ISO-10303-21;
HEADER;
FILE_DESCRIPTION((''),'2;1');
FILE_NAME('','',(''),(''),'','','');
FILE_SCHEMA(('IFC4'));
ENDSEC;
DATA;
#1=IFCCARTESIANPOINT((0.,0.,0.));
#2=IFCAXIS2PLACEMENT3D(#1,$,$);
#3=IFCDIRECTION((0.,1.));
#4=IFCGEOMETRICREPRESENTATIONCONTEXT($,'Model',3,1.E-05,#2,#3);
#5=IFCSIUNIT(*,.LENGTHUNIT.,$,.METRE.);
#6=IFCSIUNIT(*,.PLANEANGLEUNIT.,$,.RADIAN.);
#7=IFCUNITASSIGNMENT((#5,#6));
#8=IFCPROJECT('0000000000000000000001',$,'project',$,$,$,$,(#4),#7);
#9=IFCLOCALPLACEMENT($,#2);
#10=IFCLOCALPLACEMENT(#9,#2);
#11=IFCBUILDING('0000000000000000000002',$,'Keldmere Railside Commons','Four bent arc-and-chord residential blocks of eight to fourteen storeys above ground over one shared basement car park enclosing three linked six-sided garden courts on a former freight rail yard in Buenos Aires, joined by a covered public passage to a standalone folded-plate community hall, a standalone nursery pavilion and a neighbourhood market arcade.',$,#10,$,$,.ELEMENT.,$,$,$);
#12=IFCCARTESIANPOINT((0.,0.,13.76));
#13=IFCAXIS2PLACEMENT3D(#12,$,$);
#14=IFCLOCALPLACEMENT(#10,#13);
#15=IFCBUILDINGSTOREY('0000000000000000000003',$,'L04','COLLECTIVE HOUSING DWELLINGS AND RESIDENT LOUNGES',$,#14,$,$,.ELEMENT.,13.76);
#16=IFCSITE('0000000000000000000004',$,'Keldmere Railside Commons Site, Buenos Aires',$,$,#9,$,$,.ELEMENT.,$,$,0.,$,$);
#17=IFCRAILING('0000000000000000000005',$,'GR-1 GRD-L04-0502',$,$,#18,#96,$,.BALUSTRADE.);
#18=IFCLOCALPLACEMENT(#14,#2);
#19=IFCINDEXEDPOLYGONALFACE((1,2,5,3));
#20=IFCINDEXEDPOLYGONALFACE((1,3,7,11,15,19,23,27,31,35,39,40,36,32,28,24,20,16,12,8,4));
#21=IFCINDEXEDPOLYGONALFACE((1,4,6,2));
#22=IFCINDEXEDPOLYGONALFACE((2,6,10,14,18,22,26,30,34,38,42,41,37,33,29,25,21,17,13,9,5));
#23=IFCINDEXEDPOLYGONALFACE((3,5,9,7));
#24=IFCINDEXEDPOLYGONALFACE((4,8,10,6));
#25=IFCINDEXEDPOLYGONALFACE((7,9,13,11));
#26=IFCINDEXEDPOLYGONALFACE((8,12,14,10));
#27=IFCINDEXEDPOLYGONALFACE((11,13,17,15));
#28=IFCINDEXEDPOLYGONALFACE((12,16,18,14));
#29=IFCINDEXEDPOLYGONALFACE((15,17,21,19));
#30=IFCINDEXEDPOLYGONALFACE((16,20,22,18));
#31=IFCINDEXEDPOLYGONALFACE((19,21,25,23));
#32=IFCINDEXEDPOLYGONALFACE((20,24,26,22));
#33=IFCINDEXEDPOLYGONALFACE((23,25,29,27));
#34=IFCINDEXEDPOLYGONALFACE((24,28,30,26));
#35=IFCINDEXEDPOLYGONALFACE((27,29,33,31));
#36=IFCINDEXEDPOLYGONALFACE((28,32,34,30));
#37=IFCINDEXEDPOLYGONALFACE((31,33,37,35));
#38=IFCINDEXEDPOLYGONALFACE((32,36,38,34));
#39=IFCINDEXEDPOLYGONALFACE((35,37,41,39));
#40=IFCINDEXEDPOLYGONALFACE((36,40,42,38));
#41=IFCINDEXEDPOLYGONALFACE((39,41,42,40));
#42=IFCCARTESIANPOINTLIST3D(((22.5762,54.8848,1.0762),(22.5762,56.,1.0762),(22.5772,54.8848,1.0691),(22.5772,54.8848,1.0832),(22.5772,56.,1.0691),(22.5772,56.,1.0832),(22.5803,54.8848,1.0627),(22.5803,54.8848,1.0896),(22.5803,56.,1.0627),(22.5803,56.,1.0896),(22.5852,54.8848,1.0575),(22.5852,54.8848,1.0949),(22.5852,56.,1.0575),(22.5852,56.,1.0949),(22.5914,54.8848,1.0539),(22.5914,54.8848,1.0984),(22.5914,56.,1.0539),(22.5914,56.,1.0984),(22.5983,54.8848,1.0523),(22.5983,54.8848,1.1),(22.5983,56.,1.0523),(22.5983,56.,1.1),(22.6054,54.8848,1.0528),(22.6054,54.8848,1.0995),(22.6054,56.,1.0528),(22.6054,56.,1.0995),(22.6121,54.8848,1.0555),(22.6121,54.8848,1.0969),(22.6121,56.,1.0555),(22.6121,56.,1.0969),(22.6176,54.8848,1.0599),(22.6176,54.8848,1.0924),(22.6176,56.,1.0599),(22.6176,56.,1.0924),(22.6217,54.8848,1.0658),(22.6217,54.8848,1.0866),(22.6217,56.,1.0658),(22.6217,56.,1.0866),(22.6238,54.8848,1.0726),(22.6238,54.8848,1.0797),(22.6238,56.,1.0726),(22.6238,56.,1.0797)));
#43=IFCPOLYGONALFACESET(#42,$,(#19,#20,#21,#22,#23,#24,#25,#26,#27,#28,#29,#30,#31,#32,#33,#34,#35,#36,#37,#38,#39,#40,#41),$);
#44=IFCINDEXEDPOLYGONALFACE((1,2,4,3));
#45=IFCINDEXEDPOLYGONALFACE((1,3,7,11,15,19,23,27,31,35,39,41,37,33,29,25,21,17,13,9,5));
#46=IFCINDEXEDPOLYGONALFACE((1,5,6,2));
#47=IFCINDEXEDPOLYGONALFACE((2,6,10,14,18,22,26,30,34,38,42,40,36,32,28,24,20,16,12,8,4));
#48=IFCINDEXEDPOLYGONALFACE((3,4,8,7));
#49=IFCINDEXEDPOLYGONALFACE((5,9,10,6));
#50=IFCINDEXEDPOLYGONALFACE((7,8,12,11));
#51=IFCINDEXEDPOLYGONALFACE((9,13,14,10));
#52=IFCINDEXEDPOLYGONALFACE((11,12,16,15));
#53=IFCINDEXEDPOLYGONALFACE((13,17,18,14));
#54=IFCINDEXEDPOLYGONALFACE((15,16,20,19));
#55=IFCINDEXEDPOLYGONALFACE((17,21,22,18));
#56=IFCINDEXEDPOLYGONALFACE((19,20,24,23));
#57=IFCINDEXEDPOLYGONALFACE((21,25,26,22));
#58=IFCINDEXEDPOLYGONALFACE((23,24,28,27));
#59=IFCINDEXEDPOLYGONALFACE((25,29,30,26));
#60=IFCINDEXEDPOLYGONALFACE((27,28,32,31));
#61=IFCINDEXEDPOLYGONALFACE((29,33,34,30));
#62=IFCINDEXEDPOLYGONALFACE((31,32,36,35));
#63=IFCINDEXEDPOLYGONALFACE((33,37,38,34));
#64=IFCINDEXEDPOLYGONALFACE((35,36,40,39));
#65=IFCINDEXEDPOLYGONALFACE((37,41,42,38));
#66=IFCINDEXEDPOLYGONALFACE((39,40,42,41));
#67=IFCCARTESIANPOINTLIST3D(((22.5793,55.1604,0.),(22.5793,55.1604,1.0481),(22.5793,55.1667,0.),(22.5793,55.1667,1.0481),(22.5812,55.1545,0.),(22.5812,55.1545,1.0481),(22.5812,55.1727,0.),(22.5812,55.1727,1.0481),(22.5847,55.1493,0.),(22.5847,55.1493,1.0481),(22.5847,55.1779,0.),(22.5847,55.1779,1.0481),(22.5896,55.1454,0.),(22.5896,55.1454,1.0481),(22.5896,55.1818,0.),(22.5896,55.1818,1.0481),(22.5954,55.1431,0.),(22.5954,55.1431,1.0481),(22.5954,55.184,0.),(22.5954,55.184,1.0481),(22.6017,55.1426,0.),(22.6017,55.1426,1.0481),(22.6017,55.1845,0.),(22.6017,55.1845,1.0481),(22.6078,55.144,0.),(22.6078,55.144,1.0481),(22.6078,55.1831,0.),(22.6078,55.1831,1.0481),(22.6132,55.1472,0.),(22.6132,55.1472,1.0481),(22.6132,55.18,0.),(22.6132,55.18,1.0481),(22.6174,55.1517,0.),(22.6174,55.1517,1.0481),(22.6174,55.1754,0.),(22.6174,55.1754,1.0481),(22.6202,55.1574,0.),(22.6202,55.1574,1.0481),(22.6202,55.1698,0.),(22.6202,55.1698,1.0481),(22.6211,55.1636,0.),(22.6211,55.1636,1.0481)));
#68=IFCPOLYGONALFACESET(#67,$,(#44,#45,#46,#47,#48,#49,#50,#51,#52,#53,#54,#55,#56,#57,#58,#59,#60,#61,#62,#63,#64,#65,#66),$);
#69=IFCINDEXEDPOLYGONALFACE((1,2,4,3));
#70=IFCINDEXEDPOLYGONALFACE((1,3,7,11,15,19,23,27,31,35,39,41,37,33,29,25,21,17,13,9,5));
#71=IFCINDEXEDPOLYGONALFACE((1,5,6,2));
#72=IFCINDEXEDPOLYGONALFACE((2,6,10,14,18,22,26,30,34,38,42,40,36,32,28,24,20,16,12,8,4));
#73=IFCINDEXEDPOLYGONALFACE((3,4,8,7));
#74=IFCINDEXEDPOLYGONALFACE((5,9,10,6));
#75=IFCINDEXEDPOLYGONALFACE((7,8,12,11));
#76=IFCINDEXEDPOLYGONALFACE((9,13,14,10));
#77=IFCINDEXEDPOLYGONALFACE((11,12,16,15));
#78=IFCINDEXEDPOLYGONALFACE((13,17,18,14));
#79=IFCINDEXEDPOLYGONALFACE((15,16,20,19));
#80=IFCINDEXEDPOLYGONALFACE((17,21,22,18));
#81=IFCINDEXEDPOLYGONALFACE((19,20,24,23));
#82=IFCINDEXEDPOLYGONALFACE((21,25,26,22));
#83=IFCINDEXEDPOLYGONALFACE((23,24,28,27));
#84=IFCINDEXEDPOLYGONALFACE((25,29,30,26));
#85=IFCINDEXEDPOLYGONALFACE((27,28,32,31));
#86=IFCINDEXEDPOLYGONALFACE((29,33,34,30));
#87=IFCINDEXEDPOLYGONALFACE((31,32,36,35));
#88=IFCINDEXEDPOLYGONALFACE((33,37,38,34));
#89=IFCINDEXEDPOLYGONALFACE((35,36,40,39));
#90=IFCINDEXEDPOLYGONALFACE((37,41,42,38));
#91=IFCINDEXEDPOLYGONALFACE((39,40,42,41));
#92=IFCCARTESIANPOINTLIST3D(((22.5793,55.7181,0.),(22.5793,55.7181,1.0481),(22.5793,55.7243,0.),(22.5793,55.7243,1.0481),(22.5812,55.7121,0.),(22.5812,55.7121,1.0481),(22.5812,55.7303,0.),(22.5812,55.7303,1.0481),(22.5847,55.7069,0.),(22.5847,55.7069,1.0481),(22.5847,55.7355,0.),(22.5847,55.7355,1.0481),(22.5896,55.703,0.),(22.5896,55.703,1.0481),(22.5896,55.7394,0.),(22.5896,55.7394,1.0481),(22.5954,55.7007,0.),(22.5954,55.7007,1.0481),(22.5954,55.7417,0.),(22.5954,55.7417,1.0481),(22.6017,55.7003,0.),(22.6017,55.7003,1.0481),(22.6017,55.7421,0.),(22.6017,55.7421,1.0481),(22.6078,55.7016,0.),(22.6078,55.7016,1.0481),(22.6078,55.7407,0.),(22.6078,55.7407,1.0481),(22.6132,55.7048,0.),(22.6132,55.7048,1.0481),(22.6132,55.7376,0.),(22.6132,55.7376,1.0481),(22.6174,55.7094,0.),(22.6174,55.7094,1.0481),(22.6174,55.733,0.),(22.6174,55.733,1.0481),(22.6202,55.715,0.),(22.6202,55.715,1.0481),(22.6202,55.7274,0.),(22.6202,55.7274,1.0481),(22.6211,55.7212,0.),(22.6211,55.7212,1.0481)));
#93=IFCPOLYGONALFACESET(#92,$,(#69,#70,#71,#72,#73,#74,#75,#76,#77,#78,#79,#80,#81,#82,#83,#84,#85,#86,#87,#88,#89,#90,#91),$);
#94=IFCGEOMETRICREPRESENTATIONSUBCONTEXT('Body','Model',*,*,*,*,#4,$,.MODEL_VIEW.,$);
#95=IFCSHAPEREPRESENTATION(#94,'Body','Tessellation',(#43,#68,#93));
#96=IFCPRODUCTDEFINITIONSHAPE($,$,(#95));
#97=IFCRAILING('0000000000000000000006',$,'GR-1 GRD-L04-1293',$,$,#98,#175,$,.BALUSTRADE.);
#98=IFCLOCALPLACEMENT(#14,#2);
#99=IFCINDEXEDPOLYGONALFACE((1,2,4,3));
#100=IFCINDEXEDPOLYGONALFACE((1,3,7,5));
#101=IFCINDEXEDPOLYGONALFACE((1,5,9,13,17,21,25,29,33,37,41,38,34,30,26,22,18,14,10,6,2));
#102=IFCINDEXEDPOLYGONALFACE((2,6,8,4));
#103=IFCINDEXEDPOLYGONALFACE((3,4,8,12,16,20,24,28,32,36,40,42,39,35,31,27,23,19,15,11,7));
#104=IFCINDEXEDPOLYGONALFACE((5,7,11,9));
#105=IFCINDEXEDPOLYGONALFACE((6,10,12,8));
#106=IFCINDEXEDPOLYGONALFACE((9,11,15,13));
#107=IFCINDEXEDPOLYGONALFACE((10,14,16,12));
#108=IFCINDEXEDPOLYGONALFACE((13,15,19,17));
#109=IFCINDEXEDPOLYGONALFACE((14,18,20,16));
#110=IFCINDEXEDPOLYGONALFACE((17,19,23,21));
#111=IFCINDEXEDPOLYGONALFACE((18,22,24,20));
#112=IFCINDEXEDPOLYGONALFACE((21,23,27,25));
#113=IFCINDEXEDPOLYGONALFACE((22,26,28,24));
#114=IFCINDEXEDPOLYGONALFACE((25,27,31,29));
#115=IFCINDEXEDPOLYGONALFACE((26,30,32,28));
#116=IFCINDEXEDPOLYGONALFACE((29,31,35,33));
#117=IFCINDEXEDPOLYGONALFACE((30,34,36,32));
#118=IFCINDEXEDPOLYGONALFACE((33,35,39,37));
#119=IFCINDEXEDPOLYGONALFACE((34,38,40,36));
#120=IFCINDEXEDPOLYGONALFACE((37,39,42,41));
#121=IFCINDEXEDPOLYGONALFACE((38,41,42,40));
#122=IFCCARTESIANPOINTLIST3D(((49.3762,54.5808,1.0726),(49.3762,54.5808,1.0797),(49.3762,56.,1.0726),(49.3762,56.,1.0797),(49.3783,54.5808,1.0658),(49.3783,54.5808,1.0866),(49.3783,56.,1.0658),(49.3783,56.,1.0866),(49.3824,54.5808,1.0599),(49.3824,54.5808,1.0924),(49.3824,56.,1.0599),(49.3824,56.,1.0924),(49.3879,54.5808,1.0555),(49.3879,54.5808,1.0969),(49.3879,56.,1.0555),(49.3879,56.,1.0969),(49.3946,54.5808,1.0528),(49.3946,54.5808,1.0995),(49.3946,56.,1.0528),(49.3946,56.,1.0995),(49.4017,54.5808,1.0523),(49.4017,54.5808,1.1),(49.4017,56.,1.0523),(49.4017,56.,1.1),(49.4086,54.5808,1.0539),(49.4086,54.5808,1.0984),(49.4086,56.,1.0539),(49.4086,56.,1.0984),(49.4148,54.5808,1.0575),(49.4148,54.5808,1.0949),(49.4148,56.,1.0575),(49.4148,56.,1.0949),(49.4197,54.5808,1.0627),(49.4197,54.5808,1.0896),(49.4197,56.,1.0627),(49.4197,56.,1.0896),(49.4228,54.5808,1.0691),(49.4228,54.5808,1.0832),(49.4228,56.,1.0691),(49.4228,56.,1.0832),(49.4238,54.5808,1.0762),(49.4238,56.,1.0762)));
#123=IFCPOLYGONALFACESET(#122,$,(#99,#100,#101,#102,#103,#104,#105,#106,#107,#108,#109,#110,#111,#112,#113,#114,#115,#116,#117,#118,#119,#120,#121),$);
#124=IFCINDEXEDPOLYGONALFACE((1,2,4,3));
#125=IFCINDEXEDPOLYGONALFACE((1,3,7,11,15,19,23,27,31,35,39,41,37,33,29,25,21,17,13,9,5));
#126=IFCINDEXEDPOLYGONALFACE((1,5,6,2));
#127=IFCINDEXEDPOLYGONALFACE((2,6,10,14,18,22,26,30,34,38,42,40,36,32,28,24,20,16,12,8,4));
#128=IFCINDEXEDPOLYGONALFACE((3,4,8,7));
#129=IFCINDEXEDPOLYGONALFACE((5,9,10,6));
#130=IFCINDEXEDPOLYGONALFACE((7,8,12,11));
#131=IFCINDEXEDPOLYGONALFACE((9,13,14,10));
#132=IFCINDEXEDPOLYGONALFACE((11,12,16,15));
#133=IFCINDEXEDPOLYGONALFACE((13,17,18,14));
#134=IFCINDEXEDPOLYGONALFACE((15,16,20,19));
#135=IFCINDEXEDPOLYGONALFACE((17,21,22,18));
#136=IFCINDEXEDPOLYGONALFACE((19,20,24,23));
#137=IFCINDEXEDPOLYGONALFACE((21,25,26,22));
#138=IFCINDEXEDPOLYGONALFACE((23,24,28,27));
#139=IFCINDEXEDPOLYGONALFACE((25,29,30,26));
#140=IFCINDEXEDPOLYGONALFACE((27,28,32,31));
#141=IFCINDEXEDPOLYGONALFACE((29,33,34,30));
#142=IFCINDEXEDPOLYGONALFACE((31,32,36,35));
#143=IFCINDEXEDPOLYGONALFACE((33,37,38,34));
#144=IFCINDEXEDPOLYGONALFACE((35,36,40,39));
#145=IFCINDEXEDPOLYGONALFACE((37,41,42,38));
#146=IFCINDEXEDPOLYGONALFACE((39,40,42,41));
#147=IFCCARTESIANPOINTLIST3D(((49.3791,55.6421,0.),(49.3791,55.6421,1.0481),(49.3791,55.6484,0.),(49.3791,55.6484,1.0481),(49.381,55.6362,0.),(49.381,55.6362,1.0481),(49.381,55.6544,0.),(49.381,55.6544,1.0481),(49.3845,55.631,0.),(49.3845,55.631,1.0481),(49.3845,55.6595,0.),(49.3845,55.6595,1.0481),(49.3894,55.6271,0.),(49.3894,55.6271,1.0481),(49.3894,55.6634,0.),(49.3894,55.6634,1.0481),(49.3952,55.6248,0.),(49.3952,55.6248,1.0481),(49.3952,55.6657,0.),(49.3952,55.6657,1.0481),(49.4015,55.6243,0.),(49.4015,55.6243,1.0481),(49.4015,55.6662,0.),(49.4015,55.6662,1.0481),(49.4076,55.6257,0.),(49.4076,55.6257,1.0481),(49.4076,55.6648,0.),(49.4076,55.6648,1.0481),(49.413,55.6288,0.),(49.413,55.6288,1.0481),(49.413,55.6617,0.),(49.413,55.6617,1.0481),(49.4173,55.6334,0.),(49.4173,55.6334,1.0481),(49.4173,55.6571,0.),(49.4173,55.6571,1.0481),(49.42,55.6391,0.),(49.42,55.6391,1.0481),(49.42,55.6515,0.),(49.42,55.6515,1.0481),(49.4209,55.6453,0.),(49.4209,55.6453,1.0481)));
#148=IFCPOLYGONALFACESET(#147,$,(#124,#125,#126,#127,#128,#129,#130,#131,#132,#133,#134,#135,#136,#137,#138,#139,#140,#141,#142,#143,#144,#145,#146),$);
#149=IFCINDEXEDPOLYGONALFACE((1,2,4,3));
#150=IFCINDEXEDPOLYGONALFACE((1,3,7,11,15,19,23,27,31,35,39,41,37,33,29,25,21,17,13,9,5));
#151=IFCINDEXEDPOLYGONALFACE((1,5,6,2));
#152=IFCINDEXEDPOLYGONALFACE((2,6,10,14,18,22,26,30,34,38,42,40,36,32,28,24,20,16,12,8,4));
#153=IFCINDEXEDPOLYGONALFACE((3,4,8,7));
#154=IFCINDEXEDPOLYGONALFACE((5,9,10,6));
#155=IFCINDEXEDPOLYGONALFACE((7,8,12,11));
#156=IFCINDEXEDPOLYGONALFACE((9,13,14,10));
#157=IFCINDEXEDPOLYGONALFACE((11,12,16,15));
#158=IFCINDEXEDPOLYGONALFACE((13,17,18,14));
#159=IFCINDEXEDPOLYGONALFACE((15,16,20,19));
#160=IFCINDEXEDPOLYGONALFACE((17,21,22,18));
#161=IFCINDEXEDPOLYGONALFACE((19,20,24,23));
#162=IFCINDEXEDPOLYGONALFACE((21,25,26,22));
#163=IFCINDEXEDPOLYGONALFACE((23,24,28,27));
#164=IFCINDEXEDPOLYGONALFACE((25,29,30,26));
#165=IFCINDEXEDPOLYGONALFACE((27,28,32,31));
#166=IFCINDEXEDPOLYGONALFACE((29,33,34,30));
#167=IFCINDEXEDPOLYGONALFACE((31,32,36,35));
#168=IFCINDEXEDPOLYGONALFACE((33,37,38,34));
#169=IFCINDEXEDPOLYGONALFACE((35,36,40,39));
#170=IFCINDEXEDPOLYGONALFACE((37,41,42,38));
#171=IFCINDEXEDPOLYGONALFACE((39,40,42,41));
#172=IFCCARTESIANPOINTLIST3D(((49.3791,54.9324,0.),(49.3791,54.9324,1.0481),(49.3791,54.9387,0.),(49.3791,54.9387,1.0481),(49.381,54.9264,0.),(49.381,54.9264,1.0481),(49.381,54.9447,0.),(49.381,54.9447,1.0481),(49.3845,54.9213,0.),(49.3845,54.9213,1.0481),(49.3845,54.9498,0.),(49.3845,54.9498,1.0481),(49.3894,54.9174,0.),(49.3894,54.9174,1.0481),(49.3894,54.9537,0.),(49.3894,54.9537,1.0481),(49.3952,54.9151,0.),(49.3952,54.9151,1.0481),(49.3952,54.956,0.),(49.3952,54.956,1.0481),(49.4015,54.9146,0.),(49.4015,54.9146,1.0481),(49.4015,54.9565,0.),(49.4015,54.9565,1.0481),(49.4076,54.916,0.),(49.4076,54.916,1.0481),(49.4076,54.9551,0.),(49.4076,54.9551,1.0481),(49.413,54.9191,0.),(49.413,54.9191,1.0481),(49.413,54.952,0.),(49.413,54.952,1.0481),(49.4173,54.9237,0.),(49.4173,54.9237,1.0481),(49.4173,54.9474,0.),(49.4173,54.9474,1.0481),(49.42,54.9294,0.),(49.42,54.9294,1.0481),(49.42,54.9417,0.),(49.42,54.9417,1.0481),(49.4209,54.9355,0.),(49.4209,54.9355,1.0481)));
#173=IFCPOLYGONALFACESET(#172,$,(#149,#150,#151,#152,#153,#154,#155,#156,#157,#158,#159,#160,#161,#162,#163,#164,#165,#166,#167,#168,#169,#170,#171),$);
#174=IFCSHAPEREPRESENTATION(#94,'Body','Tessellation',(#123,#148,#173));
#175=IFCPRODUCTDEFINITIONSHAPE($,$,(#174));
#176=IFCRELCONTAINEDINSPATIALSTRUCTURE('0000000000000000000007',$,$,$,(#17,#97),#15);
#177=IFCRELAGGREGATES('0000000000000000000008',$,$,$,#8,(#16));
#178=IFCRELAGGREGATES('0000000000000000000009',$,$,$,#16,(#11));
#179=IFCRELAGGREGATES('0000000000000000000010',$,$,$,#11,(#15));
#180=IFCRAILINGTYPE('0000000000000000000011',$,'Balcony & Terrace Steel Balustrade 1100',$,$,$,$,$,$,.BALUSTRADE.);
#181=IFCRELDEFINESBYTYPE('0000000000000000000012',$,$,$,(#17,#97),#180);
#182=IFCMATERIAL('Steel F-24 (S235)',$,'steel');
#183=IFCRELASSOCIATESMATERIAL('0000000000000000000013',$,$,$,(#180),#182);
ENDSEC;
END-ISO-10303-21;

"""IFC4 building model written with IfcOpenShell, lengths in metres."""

from ifc_helpers import new_model, si_unit, direction, frame, origin, origin_2d, place, context, subcontext, project, spatial, circle, extrude, material, type_object, element, save


model = new_model("IFC4")

# Units and contexts
model_context = context("Model", 3, precision=1e-05, world=origin(), true_north=direction((0.0, 1.0)))
body_context = subcontext(model_context, "Body", "Model", "MODEL_VIEW")
ifc_project = project(units=[si_unit("LENGTHUNIT", "METRE"), si_unit("PLANEANGLEUNIT", "RADIAN")], contexts=[model_context])

# Site, building, storey
site_placement = place(None, origin())
site = spatial("IfcSite", under=ifc_project, at=site_placement, Name="Keldmere Railside Commons Site, Buenos Aires", CompositionType="ELEMENT", RefElevation=0.0)
building_placement = place(site_placement, origin())
building = spatial("IfcBuilding", under=site, at=building_placement, Name="Keldmere Railside Commons", Description="Four bent arc-and-chord residential blocks of eight to fourteen storeys above ground over one shared basement car park enclosing three linked six-sided garden courts on a former freight rail yard in Buenos Aires, joined by a covered public passage to a standalone folded-plate community hall, a standalone nursery pavilion and a neighbourhood market arcade.", CompositionType="ELEMENT")
storey_placement = place(building_placement, frame((0.0, 0.0, 13.76)))
storey = spatial("IfcBuildingStorey", under=building, at=storey_placement, Name="L04", Description="COLLECTIVE HOUSING DWELLINGS AND RESIDENT LOUNGES", CompositionType="ELEMENT", Elevation=13.76)

# Railings
ifc_material_1 = material(Name="Steel F-24 (S235)", Category="steel")
railing_type = type_object("IfcRailingType", Name="Balcony & Terrace Steel Balustrade 1100", PredefinedType="BALUSTRADE", material=ifc_material_1)
railing_1_placement = place(storey_placement, frame((22.6001, 54.8848, 0.0)))
element("IfcRailing", 1, at=railing_1_placement, inside=storey, type_object=railing_type, Name="GR-1 GRD-L04-0502", PredefinedType="BALUSTRADE", context=body_context, shape_type="SweptSolid", body=[
    extrude(circle(Radius=0.0239, at=origin_2d()), frame((0.0, 0.0, 1.0762), z_axis=(0.0, 1.0, 0.0), x_axis=(-1.0, 0.0, 0.0)), (0.0, 0.0, 1.0), 1.1152),
    extrude(circle(Radius=0.021, at=origin_2d()), frame((0.0, 0.2788, 0.0)), (0.0, 0.0, 1.0), 1.0481),
    extrude(circle(Radius=0.021, at=origin_2d()), frame((0.0, 0.8364, 0.0)), (0.0, 0.0, 1.0), 1.0481),
])
railing_2_placement = place(storey_placement, frame((49.3999, 56.0, 0.0)))
element("IfcRailing", 2, at=railing_2_placement, inside=storey, type_object=railing_type, Name="GR-1 GRD-L04-1293", PredefinedType="BALUSTRADE", context=body_context, shape_type="SweptSolid", body=[
    extrude(circle(Radius=0.0239, at=origin_2d()), frame((0.0, 0.0, 1.0762), z_axis=(0.0, -1.0, 0.0), x_axis=(1.0, 0.0, 0.0)), (0.0, 0.0, 1.0), 1.4192),
    extrude(circle(Radius=0.021, at=origin_2d()), frame((0.0, -0.3547, 0.0)), (0.0, 0.0, 1.0), 1.0481),
    extrude(circle(Radius=0.021, at=origin_2d()), frame((0.0, -1.0645, 0.0)), (0.0, 0.0, 1.0), 1.0481),
])

save(model, "model.ifc")
